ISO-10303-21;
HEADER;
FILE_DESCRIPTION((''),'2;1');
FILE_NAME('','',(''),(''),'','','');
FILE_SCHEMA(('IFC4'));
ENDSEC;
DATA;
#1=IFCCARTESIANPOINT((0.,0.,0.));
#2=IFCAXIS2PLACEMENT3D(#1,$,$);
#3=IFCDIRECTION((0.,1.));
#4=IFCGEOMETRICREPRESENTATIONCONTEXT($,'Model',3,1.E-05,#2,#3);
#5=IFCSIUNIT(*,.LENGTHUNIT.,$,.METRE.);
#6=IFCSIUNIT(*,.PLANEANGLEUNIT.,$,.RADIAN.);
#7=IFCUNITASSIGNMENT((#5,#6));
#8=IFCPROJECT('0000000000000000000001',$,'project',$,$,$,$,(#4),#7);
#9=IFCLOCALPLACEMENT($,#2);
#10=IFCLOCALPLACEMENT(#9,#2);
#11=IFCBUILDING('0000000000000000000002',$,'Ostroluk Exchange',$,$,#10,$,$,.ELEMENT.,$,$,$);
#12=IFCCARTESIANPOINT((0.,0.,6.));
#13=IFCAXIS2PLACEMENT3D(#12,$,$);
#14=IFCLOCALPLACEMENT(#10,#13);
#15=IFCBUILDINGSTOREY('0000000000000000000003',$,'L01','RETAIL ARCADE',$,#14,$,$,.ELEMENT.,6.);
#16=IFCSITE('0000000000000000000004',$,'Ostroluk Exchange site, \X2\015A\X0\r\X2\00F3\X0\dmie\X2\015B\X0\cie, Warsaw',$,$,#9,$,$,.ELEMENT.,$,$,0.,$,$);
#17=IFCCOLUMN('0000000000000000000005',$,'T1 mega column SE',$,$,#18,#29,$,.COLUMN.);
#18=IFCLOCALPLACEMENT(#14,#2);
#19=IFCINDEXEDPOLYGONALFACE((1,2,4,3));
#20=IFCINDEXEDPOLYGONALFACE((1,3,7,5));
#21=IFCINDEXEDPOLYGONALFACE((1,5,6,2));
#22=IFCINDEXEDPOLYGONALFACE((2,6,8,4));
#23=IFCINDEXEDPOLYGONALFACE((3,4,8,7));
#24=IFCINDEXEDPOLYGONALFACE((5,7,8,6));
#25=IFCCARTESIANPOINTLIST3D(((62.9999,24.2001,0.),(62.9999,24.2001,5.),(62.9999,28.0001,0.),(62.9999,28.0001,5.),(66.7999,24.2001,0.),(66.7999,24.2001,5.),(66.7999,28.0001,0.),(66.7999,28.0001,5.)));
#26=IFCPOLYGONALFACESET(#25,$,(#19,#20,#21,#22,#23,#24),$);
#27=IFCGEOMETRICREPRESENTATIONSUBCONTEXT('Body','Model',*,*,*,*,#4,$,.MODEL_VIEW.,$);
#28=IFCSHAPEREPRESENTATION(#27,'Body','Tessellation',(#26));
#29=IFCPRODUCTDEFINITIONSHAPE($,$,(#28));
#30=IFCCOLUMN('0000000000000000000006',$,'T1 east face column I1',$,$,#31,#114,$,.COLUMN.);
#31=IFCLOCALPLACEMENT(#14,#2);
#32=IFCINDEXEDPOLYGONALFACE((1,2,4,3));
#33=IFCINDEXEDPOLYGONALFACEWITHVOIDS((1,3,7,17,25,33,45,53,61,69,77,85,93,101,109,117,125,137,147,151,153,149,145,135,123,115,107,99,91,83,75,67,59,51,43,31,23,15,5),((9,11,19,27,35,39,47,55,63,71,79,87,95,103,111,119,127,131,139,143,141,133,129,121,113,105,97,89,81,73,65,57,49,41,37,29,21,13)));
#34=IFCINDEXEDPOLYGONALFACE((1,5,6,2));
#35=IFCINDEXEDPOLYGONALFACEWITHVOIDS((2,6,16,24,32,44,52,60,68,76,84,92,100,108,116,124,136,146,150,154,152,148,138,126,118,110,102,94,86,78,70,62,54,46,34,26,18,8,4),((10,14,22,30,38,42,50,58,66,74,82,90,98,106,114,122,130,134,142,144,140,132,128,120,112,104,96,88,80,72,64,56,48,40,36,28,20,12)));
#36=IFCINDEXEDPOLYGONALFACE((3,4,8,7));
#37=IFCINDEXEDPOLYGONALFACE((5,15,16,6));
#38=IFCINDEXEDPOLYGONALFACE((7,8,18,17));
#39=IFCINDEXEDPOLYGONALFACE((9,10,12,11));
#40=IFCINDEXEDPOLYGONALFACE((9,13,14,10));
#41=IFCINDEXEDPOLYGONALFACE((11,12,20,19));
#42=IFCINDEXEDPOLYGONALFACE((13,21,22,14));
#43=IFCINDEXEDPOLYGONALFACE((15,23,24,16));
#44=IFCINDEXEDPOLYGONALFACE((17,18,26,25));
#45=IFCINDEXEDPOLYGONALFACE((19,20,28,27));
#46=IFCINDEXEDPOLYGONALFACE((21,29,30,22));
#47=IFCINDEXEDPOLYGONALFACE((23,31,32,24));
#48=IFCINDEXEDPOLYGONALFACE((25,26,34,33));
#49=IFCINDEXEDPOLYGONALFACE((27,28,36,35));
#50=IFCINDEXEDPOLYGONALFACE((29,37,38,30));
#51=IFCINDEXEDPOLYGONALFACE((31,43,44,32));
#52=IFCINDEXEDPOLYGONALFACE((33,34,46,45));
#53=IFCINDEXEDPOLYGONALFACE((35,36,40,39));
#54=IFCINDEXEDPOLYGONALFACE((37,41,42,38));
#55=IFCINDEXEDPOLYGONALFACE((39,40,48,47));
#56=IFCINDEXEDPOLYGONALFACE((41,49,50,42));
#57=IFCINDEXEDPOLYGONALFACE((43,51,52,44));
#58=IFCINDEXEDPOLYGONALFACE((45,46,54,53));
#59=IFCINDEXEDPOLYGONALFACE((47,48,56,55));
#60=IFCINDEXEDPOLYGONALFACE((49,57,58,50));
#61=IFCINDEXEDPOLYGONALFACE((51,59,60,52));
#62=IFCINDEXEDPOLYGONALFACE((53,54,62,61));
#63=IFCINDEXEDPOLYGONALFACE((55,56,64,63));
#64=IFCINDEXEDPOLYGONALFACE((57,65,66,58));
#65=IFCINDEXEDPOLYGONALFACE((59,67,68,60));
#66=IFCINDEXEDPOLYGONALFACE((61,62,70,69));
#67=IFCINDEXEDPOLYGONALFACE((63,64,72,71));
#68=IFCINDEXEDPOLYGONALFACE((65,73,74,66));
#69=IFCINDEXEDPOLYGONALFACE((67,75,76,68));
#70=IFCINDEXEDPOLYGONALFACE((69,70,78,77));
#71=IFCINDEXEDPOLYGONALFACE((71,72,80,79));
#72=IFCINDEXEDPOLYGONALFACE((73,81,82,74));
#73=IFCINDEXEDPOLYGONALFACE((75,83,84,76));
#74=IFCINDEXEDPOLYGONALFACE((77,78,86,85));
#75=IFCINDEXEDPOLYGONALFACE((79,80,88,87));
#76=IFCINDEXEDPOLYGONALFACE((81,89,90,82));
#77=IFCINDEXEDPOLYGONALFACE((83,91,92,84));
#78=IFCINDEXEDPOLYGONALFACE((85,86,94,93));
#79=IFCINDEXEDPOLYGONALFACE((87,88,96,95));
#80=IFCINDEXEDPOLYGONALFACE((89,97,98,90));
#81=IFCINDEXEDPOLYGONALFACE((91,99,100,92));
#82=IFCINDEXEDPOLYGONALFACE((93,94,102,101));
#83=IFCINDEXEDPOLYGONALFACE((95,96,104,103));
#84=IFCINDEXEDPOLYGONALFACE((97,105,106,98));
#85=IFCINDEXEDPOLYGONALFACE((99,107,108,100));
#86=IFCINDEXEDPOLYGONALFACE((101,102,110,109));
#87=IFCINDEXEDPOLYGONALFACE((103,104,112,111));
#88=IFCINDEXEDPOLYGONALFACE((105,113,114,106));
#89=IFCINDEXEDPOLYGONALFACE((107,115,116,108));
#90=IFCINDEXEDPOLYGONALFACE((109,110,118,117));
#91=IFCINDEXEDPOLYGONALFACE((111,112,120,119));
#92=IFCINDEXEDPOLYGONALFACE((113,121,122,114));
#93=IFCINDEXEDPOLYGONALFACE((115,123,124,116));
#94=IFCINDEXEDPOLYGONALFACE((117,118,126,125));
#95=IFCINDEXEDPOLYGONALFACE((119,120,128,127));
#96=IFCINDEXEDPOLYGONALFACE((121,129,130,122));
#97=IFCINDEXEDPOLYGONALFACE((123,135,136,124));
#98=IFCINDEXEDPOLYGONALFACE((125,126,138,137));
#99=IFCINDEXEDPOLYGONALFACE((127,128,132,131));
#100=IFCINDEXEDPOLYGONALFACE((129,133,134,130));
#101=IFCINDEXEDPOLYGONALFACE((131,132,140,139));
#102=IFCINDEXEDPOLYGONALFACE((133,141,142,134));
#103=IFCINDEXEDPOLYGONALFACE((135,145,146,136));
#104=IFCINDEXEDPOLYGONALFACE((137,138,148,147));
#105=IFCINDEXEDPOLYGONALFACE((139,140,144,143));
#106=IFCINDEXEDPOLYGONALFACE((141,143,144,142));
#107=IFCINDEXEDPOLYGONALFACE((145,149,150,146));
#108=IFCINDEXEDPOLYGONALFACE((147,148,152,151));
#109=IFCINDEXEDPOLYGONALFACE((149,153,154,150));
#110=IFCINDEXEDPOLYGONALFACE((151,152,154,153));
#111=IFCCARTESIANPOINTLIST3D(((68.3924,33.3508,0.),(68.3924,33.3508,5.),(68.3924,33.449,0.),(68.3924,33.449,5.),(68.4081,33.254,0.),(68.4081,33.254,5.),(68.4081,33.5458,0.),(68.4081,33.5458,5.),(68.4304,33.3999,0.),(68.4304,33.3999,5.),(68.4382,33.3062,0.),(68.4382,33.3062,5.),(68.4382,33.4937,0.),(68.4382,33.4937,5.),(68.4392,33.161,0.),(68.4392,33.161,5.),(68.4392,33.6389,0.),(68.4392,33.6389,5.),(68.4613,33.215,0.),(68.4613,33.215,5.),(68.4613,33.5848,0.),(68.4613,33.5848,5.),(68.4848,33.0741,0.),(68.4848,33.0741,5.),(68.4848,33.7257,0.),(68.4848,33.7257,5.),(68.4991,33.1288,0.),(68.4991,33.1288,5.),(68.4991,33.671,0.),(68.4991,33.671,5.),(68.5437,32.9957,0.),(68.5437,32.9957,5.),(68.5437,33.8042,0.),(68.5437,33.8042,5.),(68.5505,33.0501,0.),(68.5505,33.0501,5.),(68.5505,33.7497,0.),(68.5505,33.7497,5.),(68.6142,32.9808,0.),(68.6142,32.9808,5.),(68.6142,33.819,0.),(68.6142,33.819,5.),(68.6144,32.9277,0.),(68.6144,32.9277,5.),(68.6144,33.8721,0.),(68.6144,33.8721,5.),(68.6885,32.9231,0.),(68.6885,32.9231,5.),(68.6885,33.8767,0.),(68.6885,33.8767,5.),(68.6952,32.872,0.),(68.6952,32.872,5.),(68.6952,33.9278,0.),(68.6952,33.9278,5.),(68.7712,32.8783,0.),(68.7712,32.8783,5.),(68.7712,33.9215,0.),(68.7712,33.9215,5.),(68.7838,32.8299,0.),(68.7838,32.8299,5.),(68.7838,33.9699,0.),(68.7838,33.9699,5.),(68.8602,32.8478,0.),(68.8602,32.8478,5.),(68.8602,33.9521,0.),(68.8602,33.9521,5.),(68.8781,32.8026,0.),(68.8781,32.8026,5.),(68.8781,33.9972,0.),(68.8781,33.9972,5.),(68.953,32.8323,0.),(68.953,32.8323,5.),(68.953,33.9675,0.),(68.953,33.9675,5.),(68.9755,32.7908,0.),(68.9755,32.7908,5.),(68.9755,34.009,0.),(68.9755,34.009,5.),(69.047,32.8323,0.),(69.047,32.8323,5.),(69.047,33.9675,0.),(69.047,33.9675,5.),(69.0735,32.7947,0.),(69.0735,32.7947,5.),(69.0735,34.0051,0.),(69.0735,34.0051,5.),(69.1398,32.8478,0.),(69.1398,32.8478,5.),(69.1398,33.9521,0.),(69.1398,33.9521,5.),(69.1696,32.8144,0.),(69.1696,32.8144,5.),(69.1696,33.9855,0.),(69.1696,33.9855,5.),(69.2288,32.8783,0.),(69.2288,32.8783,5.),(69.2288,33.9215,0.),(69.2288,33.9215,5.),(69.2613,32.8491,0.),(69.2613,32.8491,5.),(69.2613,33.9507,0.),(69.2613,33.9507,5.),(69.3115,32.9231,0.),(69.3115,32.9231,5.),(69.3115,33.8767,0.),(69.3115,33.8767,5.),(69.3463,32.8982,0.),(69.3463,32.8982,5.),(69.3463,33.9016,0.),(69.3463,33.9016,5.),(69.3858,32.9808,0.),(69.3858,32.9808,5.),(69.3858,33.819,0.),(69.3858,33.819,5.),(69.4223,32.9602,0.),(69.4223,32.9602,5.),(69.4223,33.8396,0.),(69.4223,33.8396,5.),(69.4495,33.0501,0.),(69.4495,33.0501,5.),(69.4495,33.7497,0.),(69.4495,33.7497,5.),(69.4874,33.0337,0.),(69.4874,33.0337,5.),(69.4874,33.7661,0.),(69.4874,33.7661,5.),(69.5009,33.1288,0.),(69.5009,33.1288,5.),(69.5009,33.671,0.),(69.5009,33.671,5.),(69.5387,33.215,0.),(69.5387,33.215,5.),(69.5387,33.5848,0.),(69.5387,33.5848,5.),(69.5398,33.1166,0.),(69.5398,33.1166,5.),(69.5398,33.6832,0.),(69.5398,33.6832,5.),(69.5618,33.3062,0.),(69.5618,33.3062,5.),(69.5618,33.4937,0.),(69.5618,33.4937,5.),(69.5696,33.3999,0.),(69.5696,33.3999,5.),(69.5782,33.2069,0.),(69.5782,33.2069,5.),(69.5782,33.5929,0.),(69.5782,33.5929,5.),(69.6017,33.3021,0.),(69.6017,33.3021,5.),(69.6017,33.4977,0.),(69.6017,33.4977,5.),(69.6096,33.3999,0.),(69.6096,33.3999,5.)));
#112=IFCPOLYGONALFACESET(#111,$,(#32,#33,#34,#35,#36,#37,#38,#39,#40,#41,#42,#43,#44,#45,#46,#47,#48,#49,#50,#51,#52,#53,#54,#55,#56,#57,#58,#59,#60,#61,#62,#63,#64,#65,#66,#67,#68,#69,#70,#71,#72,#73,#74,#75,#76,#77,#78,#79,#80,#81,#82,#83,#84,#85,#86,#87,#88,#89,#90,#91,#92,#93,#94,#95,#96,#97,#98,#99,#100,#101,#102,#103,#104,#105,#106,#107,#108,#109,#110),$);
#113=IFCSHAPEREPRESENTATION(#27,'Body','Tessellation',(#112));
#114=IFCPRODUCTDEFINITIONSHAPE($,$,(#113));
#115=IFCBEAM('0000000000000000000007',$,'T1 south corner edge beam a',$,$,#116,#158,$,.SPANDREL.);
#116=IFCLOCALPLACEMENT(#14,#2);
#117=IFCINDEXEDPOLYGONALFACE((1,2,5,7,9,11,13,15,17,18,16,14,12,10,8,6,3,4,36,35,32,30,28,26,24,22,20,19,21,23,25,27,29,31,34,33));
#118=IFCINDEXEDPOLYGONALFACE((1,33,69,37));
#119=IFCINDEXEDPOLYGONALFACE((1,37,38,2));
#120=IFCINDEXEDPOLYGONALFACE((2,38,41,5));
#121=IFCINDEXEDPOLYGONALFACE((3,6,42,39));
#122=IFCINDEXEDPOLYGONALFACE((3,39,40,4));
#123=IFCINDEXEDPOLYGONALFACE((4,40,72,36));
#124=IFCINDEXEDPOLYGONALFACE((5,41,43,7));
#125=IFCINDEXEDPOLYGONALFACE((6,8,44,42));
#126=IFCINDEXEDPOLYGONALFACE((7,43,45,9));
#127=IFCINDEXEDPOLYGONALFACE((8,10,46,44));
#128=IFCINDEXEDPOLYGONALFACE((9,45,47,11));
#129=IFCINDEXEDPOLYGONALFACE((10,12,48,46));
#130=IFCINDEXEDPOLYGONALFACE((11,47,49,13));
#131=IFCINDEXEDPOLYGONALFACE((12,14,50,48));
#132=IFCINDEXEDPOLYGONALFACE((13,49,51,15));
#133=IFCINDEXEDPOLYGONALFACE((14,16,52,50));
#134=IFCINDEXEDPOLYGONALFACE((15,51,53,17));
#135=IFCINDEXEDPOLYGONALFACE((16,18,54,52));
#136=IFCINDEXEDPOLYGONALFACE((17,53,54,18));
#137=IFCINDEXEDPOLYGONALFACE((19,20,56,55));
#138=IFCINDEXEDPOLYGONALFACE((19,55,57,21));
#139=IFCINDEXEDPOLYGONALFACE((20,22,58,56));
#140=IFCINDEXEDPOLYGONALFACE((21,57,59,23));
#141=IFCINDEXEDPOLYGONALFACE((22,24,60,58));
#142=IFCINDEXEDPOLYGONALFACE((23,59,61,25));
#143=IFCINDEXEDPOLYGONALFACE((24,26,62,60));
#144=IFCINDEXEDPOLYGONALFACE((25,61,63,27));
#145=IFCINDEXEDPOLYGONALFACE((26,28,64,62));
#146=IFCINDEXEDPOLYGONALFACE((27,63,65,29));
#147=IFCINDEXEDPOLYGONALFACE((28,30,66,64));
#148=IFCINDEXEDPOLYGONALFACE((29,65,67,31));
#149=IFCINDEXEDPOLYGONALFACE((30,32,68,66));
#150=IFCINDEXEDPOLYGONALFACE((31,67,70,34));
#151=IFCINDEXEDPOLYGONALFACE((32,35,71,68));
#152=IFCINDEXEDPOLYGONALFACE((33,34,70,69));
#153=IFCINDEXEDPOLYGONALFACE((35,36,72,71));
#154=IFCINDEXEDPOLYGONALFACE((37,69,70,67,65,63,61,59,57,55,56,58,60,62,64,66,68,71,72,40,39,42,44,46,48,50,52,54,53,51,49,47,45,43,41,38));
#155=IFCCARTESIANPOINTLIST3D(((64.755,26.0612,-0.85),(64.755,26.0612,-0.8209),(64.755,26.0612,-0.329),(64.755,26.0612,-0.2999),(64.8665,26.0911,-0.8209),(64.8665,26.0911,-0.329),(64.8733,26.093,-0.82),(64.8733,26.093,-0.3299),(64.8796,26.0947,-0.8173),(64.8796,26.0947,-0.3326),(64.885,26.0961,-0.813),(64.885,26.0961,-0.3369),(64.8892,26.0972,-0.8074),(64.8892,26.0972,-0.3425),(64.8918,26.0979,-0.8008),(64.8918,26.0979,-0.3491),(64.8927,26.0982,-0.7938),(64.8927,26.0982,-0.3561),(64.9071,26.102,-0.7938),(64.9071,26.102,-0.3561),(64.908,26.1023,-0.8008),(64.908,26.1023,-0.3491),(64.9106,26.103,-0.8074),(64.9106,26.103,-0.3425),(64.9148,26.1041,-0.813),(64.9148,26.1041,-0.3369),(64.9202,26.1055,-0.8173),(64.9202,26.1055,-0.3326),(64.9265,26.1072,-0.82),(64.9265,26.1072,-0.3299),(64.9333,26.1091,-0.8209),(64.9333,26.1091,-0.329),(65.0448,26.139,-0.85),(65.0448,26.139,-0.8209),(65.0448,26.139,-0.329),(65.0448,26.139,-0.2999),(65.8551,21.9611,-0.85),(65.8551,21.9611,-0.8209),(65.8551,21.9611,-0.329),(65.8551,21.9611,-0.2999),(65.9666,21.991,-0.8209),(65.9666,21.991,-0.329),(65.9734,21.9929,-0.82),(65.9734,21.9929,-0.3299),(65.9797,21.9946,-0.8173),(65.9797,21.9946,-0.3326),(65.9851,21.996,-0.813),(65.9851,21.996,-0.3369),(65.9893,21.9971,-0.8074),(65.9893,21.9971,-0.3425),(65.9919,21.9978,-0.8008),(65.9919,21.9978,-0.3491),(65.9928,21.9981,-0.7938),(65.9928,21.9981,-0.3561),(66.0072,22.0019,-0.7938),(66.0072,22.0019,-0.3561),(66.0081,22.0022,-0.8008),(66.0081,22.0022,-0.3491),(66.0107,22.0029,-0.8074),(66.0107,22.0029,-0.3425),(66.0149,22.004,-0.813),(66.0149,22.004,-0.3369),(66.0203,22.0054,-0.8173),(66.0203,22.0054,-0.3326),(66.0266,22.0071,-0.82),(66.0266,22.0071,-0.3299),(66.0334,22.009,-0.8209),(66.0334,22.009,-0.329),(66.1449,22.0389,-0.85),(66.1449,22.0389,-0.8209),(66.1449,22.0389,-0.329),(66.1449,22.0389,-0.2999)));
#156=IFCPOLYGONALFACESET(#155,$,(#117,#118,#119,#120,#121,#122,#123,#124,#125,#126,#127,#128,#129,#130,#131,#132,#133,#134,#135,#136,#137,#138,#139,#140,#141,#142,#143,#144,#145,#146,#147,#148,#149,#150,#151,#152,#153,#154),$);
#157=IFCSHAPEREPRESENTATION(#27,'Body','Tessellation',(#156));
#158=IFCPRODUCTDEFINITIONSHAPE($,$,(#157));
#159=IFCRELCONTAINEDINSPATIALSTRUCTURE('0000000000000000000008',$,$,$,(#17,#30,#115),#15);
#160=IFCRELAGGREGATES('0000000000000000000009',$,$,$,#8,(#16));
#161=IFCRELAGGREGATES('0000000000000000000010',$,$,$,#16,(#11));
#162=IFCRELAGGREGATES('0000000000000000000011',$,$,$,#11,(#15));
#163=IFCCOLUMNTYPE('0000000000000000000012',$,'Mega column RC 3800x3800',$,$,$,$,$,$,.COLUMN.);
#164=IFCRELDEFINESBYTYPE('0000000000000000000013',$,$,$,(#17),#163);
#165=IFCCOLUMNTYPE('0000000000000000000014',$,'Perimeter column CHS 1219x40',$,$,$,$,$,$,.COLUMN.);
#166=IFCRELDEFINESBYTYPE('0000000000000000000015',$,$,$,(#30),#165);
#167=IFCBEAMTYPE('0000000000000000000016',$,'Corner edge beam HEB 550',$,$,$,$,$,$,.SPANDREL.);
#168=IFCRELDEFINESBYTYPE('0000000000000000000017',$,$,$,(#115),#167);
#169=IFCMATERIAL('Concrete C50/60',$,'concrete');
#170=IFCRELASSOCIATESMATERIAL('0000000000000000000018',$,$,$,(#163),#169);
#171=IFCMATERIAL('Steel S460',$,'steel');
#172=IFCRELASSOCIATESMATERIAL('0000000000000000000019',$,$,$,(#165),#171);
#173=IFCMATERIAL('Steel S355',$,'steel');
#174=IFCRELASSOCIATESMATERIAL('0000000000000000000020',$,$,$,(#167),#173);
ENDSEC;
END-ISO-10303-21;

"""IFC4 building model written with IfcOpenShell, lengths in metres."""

from ifc_helpers import new_model, si_unit, direction, frame, origin, origin_2d, place, context, subcontext, project, spatial, rectangle, hollow_circle, i_section, extrude, material, material_profile, profile_set, type_object, element, save


model = new_model("IFC4")

# Units and contexts
model_context = context("Model", 3, precision=1e-05, world=origin(), true_north=direction((0.0, 1.0)))
body_context = subcontext(model_context, "Body", "Model", "MODEL_VIEW")
ifc_project = project(units=[si_unit("LENGTHUNIT", "METRE"), si_unit("PLANEANGLEUNIT", "RADIAN")], contexts=[model_context])

# Site, building, storey
site_placement = place(None, origin())
site = spatial("IfcSite", under=ifc_project, at=site_placement, Name="Ostroluk Exchange site, Śródmieście, Warsaw", CompositionType="ELEMENT", RefElevation=0.0)
building_placement = place(site_placement, origin())
building = spatial("IfcBuilding", under=site, at=building_placement, Name="Ostroluk Exchange", CompositionType="ELEMENT")
storey_placement = place(building_placement, frame((0.0, 0.0, 6.0)))
storey = spatial("IfcBuildingStorey", under=building, at=storey_placement, Name="L01", Description="RETAIL ARCADE", CompositionType="ELEMENT", Elevation=6.0)

# Columns
ifc_material_1 = material(Name="Concrete C50/60", Category="concrete")
ifc_material_profile_1 = material_profile(ifc_material_1, rectangle(XDim=3.8, YDim=3.8, at=origin_2d()), Name="RC 3800x3800")
ifc_profile_set_1 = profile_set([ifc_material_profile_1], Name="Concrete C50/60")
column_type_1 = type_object("IfcColumnType", Name="Mega column RC 3800x3800", PredefinedType="COLUMN", material=ifc_profile_set_1)
column_1_placement = place(storey_placement, frame((64.8999, 26.1001, 0.0), z_axis=(0.0, 0.0, 1.0), x_axis=(1.0, 0.0, 0.0)))
element("IfcColumn", 1, at=column_1_placement, inside=storey, type_object=column_type_1, Name="T1 mega column SE", PredefinedType="COLUMN", context=body_context, shape_type="SweptSolid", body=[
    extrude(rectangle(XDim=3.8, YDim=3.8, at=origin_2d()), origin(), (0.0, 0.0, 1.0), 5.0),
])
ifc_material_2 = material(Name="Steel S460", Category="steel")
ifc_material_profile_2 = material_profile(ifc_material_2, hollow_circle(Radius=0.6096, WallThickness=0.04, at=origin_2d()), Name="CHS 1219x40")
ifc_profile_set_2 = profile_set([ifc_material_profile_2], Name="Steel S460")
column_type_2 = type_object("IfcColumnType", Name="Perimeter column CHS 1219x40", PredefinedType="COLUMN", material=ifc_profile_set_2)
column_2_placement = place(storey_placement, frame((69.0, 33.3999, 0.0), z_axis=(0.0, 0.0, 1.0), x_axis=(1.0, 0.0, 0.0)))
element("IfcColumn", 2, at=column_2_placement, inside=storey, type_object=column_type_2, Name="T1 east face column I1", PredefinedType="COLUMN", context=body_context, shape_type="SweptSolid", body=[
    extrude(hollow_circle(Radius=0.6096, WallThickness=0.04, at=origin_2d()), origin(), (0.0, 0.0, 1.0), 5.0),
])

# Beam
ifc_material_3 = material(Name="Steel S355", Category="steel")
ifc_material_profile_3 = material_profile(ifc_material_3, i_section(OverallWidth=0.3, OverallDepth=0.55, WebThickness=0.0149, FlangeThickness=0.0291, FilletRadius=0.0271, at=origin_2d()), Name="HEB 550")
ifc_profile_set_3 = profile_set([ifc_material_profile_3], Name="Steel S355")
beam_type_1 = type_object("IfcBeamType", Name="Corner edge beam HEB 550", PredefinedType="SPANDREL", material=ifc_profile_set_3)
for number, where, z_axis, x_axis, name in (
    (3, (64.8999, 26.1001, -0.575), (0.259144, -0.965839, 0.0), (0.965839, 0.259144, 0.0), "T1 south corner edge beam a"),
):
    element("IfcBeam", number, at=place(storey_placement, frame(where, z_axis=z_axis, x_axis=x_axis)), inside=storey, type_object=beam_type_1, Name=name, PredefinedType="SPANDREL", context=body_context, shape_type="SweptSolid", body=[
        extrude(i_section(OverallWidth=0.3, OverallDepth=0.55, WebThickness=0.0149, FlangeThickness=0.0291, FilletRadius=0.0271, at=origin_2d()), origin(), (0.0, 0.0, 1.0), 4.2451),
    ])

save(model, "model.ifc")
